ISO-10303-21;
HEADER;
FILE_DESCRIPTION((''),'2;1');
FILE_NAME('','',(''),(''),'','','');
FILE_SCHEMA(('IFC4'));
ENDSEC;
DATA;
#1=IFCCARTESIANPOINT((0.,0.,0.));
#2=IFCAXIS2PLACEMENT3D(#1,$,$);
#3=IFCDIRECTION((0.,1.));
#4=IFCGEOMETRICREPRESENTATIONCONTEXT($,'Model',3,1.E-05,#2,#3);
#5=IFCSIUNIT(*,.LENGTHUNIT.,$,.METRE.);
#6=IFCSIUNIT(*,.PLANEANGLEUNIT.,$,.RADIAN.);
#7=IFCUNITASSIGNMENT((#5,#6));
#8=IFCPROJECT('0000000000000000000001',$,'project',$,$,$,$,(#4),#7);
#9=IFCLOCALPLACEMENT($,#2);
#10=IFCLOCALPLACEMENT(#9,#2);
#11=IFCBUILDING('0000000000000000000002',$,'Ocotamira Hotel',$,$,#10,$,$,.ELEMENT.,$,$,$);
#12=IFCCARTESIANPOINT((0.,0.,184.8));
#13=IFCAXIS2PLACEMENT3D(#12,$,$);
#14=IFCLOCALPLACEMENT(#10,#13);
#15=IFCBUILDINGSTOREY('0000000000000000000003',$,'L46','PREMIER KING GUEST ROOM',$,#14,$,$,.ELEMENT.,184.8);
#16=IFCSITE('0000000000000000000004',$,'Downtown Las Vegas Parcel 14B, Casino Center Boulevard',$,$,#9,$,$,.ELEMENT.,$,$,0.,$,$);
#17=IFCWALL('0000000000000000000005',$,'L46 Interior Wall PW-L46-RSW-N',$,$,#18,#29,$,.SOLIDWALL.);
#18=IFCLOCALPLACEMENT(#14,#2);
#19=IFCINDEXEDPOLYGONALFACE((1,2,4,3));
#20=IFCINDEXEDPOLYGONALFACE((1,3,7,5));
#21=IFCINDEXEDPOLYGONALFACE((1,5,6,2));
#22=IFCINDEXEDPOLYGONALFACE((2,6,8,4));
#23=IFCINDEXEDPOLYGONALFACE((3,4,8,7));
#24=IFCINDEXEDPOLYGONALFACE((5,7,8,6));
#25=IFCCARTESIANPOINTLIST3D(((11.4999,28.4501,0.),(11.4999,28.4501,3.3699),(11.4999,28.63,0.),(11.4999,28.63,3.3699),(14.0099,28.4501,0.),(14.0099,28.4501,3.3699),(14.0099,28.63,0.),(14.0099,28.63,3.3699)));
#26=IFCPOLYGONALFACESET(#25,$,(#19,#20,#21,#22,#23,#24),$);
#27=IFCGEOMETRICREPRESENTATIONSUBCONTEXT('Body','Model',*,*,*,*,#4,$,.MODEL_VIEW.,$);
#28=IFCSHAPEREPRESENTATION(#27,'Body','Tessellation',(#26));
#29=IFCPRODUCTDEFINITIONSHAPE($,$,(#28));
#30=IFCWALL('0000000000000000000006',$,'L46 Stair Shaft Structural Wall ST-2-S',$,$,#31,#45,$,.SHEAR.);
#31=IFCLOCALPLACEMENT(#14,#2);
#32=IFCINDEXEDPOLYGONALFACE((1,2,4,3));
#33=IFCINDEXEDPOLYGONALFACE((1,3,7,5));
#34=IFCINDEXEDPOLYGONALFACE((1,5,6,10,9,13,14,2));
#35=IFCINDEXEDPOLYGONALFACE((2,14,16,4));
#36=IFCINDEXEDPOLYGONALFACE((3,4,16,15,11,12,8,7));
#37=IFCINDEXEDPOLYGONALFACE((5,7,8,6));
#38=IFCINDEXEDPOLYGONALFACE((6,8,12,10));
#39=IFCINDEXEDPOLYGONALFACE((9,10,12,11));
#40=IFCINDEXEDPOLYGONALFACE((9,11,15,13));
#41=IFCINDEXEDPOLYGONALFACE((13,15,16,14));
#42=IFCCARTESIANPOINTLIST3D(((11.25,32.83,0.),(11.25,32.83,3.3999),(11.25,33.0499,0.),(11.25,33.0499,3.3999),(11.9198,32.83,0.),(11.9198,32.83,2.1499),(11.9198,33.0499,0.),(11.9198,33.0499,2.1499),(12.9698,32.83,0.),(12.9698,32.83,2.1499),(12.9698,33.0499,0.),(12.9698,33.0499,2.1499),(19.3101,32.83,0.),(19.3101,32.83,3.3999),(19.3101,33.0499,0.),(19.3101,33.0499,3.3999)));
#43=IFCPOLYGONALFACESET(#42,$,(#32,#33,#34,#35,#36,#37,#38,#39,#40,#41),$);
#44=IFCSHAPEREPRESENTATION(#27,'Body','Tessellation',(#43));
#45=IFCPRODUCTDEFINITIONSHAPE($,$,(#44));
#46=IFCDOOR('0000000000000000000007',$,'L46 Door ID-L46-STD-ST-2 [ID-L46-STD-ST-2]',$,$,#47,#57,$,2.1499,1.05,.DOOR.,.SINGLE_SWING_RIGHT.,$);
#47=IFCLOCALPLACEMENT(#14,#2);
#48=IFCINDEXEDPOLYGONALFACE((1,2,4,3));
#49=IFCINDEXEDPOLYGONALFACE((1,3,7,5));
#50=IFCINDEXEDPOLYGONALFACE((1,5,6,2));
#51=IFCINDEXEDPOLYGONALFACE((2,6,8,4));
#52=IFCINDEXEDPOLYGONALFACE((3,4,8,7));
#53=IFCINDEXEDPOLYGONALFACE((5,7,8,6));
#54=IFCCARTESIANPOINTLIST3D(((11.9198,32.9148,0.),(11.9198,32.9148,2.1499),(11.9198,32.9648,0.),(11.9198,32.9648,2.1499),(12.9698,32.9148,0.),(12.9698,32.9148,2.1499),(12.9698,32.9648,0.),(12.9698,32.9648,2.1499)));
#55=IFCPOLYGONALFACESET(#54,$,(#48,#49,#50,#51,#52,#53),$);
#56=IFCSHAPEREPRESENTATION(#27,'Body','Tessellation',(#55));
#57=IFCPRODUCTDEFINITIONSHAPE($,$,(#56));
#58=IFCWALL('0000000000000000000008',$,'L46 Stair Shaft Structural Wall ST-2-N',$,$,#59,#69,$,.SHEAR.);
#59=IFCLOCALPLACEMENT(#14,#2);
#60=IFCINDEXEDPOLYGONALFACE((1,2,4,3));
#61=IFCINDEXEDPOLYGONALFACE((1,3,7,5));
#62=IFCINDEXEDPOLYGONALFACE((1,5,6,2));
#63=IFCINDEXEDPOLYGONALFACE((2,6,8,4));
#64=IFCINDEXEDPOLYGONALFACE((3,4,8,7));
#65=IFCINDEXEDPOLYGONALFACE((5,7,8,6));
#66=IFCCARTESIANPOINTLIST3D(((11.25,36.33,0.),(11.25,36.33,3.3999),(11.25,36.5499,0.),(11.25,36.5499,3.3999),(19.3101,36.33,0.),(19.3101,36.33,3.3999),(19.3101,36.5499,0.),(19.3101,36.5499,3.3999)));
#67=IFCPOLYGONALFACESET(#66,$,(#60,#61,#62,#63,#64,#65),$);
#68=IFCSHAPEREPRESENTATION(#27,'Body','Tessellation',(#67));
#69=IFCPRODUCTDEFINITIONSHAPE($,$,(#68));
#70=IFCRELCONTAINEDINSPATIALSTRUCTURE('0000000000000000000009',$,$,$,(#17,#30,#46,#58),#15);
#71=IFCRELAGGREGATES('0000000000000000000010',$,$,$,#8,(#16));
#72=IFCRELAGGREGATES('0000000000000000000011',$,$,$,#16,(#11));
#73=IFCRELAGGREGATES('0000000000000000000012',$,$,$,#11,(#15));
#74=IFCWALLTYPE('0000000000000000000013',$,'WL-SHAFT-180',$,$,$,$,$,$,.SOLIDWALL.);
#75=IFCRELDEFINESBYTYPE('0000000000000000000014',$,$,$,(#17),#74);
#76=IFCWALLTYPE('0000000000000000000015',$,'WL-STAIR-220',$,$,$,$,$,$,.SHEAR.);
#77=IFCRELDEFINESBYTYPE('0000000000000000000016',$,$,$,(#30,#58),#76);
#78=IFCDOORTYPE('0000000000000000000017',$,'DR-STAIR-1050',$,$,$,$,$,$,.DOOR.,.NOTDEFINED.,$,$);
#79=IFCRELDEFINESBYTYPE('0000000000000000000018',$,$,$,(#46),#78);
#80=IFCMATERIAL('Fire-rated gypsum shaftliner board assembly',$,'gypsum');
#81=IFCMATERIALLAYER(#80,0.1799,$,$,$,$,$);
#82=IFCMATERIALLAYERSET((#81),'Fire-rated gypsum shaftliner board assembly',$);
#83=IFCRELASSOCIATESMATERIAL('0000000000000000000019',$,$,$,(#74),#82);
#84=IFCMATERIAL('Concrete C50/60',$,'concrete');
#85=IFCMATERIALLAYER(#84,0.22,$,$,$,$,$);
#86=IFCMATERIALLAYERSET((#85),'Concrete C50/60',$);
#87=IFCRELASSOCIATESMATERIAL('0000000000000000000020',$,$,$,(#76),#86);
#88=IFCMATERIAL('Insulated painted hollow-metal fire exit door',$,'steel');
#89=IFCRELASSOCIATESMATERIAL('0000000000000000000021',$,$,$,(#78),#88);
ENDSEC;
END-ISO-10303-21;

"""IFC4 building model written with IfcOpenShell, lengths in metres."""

from ifc_helpers import new_model, si_unit, direction, frame, frame_2d, origin, place, context, subcontext, project, spatial, rectangle, extrude, source, transform, mapped, material, layer, layer_set, type_object, element, fill, save


model = new_model("IFC4")

# Units and contexts
model_context = context("Model", 3, precision=1e-05, world=origin(), true_north=direction((0.0, 1.0)))
body_context = subcontext(model_context, "Body", "Model", "MODEL_VIEW")
ifc_project = project(units=[si_unit("LENGTHUNIT", "METRE"), si_unit("PLANEANGLEUNIT", "RADIAN")], contexts=[model_context])

# Site, building, storey
site_placement = place(None, origin())
site = spatial("IfcSite", under=ifc_project, at=site_placement, Name="Downtown Las Vegas Parcel 14B, Casino Center Boulevard", CompositionType="ELEMENT", RefElevation=0.0)
building_placement = place(site_placement, origin())
building = spatial("IfcBuilding", under=site, at=building_placement, Name="Ocotamira Hotel", CompositionType="ELEMENT")
storey_placement = place(building_placement, frame((0.0, 0.0, 184.8)))
storey = spatial("IfcBuildingStorey", under=building, at=storey_placement, Name="L46", Description="PREMIER KING GUEST ROOM", CompositionType="ELEMENT", Elevation=184.8)

# Wall
ifc_material_1 = material(Name="Fire-rated gypsum shaftliner board assembly", Category="gypsum")
ifc_layer_1 = layer(ifc_material_1, 0.1799)
ifc_layer_set_1 = layer_set([ifc_layer_1], Name="Fire-rated gypsum shaftliner board assembly")
wall_type_1 = type_object("IfcWallType", Name="WL-SHAFT-180", PredefinedType="SOLIDWALL", material=ifc_layer_set_1)
for number, where, z_axis, x_axis, name in (
    (1, (11.5, 28.54, 0.0), (0.0, 0.0, 1.0), (1.0, 0.0, 0.0), "L46 Interior Wall PW-L46-RSW-N"),
):
    element("IfcWall", number, at=place(storey_placement, frame(where, z_axis=z_axis, x_axis=x_axis)), inside=storey, type_object=wall_type_1, Name=name, PredefinedType="SOLIDWALL", context=body_context, shape_type="SweptSolid", body=[
        extrude(rectangle(XDim=2.51, YDim=0.1799, at=frame_2d((1.2549, 0.0))), origin(), (0.0, 0.0, 1.0), 3.3699),
    ])

# Wall, opening, door
ifc_material_2 = material(Name="Concrete C50/60", Category="concrete")
ifc_layer_2 = layer(ifc_material_2, 0.22)
ifc_layer_set_2 = layer_set([ifc_layer_2], Name="Concrete C50/60")
wall_type_2 = type_object("IfcWallType", Name="WL-STAIR-220", PredefinedType="SHEAR", material=ifc_layer_set_2)
wall_1_placement = place(storey_placement, frame((11.25, 32.9399, 0.0), z_axis=(0.0, 0.0, 1.0), x_axis=(1.0, 0.0, 0.0)))
wall_1 = element("IfcWall", 2, at=wall_1_placement, inside=storey, type_object=wall_type_2, Name="L46 Stair Shaft Structural Wall ST-2-S", PredefinedType="SHEAR", context=body_context, shape_type="SweptSolid", body=[
    extrude(rectangle(XDim=8.0601, YDim=0.22, at=frame_2d((4.03, 0.0))), origin(), (0.0, 0.0, 1.0), 3.3999),
])
opening_1_placement = place(wall_1_placement, frame((0.6699, 0.0, 0.0)))
opening_1 = element("IfcOpeningElement", 3, at=opening_1_placement, cuts=wall_1, PredefinedType="OPENING", context=body_context, shape_type="SweptSolid", body=[
    extrude(rectangle(XDim=1.05, YDim=2.1499, at=frame_2d((0.5249, 1.075))), frame((0.0, 0.1201, 0.0), z_axis=(0.0, -1.0, 0.0), x_axis=(1.0, 0.0, 0.0)), (0.0, 0.0, 1.0), 0.24),
])
ifc_material_3 = material(Name="Insulated painted hollow-metal fire exit door", Category="steel")
door_type_1 = type_object("IfcDoorType", Name="DR-STAIR-1050", OperationType="NOTDEFINED", PredefinedType="DOOR", material=ifc_material_3)
shared_shape_1 = source(origin(), body_context, "Body", "SweptSolid", [
    extrude(rectangle(XDim=1.05, YDim=2.1499, at=frame_2d((0.5249, 1.075))), frame((0.0, 0.0249, 0.0), z_axis=(0.0, -1.0, 0.0), x_axis=(1.0, 0.0, 0.0)), (0.0, 0.0, 1.0), 0.05),
])
door_1_placement = place(opening_1_placement, origin())
door_1 = element("IfcDoor", 4, at=door_1_placement, inside=storey, type_object=door_type_1, Name="L46 Door ID-L46-STD-ST-2 [ID-L46-STD-ST-2]", OperationType="SINGLE_SWING_RIGHT", OverallHeight=2.1499, OverallWidth=1.05, PredefinedType="DOOR", context=body_context, shape_type="MappedRepresentation", body=[
    mapped(shared_shape_1, transform((0.0, 0.0, 0.0), scale=1.0)),
])
fill(opening_1, door_1)

# Wall
wall_2_placement = place(storey_placement, frame((11.25, 36.4399, 0.0), z_axis=(0.0, 0.0, 1.0), x_axis=(1.0, 0.0, 0.0)))
element("IfcWall", 5, at=wall_2_placement, inside=storey, type_object=wall_type_2, Name="L46 Stair Shaft Structural Wall ST-2-N", PredefinedType="SHEAR", context=body_context, shape_type="SweptSolid", body=[
    extrude(rectangle(XDim=8.0601, YDim=0.22, at=frame_2d((4.03, 0.0))), origin(), (0.0, 0.0, 1.0), 3.3999),
])

save(model, "model.ifc")
